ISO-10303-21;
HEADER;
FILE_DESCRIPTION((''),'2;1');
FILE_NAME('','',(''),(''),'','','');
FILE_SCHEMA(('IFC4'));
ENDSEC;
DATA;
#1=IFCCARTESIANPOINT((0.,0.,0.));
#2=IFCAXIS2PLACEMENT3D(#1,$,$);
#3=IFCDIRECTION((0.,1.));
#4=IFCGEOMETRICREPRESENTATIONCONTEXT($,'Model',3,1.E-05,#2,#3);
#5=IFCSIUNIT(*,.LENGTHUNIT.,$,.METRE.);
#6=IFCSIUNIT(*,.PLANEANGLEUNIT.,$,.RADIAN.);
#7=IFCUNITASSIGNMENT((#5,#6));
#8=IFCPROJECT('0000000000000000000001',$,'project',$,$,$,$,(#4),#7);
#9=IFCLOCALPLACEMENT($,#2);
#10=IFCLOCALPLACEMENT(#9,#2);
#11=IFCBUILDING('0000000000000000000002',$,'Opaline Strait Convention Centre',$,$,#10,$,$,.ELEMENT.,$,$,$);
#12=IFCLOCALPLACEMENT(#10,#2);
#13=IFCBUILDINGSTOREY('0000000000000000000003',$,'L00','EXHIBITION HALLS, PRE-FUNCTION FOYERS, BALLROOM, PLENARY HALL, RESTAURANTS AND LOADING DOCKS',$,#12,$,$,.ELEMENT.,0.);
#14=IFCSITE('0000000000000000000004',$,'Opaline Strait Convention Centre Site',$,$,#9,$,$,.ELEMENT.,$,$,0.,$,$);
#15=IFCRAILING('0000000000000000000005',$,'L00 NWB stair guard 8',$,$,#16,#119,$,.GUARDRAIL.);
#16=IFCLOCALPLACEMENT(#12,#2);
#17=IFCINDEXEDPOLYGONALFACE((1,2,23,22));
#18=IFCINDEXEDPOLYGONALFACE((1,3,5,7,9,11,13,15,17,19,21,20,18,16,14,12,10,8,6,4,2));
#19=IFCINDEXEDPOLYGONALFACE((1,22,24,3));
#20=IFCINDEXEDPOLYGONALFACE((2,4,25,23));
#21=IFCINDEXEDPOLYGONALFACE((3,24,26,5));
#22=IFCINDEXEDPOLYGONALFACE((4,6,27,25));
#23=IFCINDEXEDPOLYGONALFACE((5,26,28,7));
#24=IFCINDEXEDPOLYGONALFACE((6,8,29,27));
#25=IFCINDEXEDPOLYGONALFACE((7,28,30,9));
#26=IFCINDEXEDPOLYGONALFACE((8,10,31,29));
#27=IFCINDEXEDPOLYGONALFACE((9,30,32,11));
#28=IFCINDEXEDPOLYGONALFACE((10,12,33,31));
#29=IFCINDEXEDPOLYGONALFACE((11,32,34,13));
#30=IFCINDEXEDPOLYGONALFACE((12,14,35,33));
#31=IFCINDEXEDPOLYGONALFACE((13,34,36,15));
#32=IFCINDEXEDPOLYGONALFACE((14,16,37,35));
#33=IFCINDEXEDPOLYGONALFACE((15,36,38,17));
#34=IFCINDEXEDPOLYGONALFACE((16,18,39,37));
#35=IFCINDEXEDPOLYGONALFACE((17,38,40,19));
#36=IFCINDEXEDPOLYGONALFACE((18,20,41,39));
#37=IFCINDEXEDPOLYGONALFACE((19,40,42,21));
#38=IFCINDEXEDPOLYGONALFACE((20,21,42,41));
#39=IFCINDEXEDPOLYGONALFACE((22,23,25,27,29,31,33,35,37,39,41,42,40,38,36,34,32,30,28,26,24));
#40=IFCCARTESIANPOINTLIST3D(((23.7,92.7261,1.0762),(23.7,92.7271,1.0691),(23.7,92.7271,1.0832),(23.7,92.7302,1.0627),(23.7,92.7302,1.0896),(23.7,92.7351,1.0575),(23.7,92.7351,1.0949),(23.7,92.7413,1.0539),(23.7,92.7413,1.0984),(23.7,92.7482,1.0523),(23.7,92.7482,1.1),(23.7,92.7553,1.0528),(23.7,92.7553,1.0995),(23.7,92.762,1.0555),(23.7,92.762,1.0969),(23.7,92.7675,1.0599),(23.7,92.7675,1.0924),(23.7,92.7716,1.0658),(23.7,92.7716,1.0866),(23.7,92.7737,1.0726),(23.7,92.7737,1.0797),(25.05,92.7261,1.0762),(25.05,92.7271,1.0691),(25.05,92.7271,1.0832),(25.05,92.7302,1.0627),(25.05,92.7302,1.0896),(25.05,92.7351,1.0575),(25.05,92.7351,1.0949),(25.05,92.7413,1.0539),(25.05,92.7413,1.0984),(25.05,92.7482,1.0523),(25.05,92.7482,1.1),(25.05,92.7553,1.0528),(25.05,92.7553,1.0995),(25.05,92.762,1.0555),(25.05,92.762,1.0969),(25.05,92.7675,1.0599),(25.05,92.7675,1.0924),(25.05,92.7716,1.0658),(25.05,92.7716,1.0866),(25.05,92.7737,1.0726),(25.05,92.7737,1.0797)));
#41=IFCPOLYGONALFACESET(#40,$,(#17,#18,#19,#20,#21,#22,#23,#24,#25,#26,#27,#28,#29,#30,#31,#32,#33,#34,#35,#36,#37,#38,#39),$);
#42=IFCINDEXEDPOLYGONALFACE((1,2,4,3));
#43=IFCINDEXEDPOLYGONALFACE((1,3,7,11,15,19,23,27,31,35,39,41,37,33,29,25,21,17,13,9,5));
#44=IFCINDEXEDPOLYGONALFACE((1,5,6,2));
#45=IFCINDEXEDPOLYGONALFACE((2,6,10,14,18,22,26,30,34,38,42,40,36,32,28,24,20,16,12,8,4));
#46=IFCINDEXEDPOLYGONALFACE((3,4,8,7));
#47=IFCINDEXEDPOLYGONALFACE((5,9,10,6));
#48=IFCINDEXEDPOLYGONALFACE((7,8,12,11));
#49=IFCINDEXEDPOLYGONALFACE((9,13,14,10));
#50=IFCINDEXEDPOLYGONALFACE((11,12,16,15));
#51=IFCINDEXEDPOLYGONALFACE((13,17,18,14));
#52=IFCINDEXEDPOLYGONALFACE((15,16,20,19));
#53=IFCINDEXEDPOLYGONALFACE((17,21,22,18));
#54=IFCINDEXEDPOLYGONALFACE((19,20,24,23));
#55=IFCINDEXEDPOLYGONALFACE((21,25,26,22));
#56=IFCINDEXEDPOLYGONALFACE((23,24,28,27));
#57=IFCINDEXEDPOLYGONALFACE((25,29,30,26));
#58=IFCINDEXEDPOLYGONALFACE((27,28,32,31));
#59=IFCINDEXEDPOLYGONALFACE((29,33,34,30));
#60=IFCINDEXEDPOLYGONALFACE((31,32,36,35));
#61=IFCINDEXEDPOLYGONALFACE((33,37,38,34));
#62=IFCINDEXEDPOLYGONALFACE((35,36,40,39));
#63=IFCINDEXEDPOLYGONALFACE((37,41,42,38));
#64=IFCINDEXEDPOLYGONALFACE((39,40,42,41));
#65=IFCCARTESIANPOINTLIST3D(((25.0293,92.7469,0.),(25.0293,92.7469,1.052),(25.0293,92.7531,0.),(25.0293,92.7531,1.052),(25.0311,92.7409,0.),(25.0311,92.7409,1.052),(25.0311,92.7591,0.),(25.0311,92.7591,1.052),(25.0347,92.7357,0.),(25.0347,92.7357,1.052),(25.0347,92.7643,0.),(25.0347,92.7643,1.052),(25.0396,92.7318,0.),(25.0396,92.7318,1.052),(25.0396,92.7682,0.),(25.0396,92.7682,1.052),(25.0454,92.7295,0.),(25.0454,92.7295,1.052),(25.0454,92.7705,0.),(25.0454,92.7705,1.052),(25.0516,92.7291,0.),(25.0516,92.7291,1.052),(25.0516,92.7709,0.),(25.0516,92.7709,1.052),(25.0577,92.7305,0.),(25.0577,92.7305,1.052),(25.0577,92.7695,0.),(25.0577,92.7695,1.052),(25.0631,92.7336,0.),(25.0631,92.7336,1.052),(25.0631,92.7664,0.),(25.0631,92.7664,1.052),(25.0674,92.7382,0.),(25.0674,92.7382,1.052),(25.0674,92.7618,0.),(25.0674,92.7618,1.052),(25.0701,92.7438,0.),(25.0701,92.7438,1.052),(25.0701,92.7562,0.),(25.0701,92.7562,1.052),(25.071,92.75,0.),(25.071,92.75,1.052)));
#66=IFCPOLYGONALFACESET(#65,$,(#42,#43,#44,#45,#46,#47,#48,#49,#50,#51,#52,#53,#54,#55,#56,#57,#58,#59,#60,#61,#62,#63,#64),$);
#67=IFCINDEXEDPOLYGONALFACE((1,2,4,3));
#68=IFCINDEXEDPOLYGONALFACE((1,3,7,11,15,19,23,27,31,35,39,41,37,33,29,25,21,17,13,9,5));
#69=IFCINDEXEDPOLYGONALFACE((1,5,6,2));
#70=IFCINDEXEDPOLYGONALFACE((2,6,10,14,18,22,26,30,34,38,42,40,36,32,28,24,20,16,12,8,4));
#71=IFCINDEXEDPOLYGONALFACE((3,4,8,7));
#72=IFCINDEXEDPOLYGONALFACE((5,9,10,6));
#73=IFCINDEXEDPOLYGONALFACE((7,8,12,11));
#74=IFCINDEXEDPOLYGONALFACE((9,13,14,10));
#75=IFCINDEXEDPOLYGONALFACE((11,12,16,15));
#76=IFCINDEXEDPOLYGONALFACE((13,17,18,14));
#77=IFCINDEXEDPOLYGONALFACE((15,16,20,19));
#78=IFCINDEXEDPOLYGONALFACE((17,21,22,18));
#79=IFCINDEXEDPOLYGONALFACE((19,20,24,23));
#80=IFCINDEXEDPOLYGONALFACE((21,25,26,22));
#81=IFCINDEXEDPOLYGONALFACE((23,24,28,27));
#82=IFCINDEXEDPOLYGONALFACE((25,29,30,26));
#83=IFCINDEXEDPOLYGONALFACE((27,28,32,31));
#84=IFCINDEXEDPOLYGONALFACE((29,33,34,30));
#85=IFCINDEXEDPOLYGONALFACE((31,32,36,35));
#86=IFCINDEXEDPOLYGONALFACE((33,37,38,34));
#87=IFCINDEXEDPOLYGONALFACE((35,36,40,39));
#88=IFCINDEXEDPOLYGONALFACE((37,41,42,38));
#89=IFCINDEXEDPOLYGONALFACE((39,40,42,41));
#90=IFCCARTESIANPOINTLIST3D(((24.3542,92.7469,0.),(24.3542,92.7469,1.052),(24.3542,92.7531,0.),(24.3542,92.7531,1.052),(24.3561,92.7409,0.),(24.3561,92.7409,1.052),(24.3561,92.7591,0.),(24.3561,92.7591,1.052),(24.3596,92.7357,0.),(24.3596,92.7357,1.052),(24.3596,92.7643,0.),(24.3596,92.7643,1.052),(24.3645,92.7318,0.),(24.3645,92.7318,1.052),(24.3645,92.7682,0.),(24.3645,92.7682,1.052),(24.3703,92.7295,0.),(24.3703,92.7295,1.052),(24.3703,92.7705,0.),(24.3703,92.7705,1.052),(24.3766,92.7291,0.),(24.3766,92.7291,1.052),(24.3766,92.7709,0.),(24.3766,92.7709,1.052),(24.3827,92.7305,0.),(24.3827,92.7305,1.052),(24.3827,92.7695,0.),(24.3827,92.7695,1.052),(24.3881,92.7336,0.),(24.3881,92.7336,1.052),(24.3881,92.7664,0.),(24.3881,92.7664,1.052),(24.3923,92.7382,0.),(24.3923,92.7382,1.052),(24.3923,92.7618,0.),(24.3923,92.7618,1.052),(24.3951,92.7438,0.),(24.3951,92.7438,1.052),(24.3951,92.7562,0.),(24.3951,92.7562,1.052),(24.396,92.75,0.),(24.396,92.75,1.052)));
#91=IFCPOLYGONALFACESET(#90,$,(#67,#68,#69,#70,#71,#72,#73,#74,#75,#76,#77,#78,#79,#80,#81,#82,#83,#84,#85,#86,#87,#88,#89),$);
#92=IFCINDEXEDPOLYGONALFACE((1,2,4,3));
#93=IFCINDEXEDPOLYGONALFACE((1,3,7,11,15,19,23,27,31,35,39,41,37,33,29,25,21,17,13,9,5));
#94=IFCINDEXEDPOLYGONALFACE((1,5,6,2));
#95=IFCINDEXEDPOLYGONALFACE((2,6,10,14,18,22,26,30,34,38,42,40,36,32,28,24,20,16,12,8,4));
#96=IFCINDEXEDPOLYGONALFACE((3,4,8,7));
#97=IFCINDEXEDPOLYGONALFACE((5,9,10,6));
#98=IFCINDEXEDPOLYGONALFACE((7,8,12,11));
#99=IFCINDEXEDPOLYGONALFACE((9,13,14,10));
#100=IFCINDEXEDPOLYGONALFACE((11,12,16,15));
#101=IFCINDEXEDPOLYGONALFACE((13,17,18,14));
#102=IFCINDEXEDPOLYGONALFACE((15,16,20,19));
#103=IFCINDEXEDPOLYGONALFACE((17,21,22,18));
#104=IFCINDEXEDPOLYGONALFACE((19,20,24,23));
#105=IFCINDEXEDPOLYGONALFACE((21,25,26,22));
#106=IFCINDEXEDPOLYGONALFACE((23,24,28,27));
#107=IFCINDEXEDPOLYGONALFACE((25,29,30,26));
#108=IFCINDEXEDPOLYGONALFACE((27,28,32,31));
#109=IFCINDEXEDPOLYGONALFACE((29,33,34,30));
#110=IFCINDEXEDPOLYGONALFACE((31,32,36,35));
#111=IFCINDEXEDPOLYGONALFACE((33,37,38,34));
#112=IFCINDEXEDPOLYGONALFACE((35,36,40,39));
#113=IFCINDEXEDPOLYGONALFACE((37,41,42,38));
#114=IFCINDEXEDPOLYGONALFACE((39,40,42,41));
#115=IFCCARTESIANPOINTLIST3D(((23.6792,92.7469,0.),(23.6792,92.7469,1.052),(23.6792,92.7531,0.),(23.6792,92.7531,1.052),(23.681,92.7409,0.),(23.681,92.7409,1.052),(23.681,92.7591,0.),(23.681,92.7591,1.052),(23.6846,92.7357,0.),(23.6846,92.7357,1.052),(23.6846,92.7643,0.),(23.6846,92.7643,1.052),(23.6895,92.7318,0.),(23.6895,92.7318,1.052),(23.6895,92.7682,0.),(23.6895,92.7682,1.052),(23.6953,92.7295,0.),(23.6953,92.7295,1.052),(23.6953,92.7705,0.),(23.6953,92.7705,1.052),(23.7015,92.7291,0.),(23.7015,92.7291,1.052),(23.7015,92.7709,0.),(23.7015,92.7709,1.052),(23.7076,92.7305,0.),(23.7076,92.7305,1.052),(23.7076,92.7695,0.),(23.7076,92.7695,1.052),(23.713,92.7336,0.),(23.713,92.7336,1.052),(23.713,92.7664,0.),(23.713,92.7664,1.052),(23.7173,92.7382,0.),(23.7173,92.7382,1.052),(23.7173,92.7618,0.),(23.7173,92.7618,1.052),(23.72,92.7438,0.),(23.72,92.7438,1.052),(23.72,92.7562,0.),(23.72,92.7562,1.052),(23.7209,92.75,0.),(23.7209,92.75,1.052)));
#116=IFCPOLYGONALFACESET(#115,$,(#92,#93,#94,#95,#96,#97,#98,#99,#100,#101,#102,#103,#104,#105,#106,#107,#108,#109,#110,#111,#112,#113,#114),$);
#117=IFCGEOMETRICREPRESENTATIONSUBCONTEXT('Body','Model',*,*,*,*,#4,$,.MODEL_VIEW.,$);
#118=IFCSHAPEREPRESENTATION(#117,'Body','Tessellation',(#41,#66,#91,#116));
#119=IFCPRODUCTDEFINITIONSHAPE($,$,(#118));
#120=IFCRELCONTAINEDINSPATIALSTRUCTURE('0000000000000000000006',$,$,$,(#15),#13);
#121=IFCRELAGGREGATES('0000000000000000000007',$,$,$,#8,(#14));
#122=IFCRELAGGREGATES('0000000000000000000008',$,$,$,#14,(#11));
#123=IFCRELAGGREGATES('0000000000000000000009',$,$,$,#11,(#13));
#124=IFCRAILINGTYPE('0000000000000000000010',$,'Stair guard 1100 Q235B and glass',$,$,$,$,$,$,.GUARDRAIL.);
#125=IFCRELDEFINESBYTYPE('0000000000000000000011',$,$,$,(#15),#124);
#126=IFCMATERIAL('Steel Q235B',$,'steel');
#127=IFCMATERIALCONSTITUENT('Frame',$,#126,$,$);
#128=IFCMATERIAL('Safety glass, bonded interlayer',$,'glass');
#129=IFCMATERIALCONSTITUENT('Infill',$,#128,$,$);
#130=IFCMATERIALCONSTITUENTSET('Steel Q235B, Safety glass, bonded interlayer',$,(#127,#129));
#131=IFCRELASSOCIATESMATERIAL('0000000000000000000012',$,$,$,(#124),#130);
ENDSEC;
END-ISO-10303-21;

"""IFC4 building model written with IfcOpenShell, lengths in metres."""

from ifc_helpers import new_model, si_unit, direction, frame, origin, origin_2d, place, context, subcontext, project, spatial, circle, extrude, material, constituent, constituent_set, type_object, element, save


model = new_model("IFC4")

# Units and contexts
model_context = context("Model", 3, precision=1e-05, world=origin(), true_north=direction((0.0, 1.0)))
body_context = subcontext(model_context, "Body", "Model", "MODEL_VIEW")
ifc_project = project(units=[si_unit("LENGTHUNIT", "METRE"), si_unit("PLANEANGLEUNIT", "RADIAN")], contexts=[model_context])

# Site, building, storey
site_placement = place(None, origin())
site = spatial("IfcSite", under=ifc_project, at=site_placement, Name="Opaline Strait Convention Centre Site", CompositionType="ELEMENT", RefElevation=0.0)
building_placement = place(site_placement, origin())
building = spatial("IfcBuilding", under=site, at=building_placement, Name="Opaline Strait Convention Centre", CompositionType="ELEMENT")
storey_placement = place(building_placement, origin())
storey = spatial("IfcBuildingStorey", under=building, at=storey_placement, Name="L00", Description="EXHIBITION HALLS, PRE-FUNCTION FOYERS, BALLROOM, PLENARY HALL, RESTAURANTS AND LOADING DOCKS", CompositionType="ELEMENT", Elevation=0.0)

# Railing
ifc_material_1 = material(Name="Steel Q235B", Category="steel")
ifc_constituent_1 = constituent(ifc_material_1, Name="Frame")
ifc_material_2 = material(Name="Safety glass, bonded interlayer", Category="glass")
ifc_constituent_2 = constituent(ifc_material_2, Name="Infill")
ifc_constituent_set = constituent_set(constituents=[ifc_constituent_1, ifc_constituent_2], Name="Steel Q235B, Safety glass, bonded interlayer")
railing_type_1 = type_object("IfcRailingType", Name="Stair guard 1100 Q235B and glass", PredefinedType="GUARDRAIL", material=ifc_constituent_set)
railing_1_placement = place(storey_placement, frame((25.05, 92.75, 0.0)))
element("IfcRailing", 1, at=railing_1_placement, inside=storey, type_object=railing_type_1, Name="L00 NWB stair guard 8", PredefinedType="GUARDRAIL", context=body_context, shape_type="SweptSolid", body=[
    extrude(circle(Radius=0.0239, at=origin_2d()), frame((0.0, 0.0, 1.0762), z_axis=(-1.0, 0.0, 0.0), x_axis=(0.0, -1.0, 0.0)), (0.0, 0.0, 1.0), 1.3501),
    extrude(circle(Radius=0.021, at=origin_2d()), origin(), (0.0, 0.0, 1.0), 1.052),
    extrude(circle(Radius=0.021, at=origin_2d()), frame((-0.675, 0.0, 0.0)), (0.0, 0.0, 1.0), 1.052),
    extrude(circle(Radius=0.021, at=origin_2d()), frame((-1.3501, 0.0, 0.0)), (0.0, 0.0, 1.0), 1.052),
])

save(model, "model.ifc")
